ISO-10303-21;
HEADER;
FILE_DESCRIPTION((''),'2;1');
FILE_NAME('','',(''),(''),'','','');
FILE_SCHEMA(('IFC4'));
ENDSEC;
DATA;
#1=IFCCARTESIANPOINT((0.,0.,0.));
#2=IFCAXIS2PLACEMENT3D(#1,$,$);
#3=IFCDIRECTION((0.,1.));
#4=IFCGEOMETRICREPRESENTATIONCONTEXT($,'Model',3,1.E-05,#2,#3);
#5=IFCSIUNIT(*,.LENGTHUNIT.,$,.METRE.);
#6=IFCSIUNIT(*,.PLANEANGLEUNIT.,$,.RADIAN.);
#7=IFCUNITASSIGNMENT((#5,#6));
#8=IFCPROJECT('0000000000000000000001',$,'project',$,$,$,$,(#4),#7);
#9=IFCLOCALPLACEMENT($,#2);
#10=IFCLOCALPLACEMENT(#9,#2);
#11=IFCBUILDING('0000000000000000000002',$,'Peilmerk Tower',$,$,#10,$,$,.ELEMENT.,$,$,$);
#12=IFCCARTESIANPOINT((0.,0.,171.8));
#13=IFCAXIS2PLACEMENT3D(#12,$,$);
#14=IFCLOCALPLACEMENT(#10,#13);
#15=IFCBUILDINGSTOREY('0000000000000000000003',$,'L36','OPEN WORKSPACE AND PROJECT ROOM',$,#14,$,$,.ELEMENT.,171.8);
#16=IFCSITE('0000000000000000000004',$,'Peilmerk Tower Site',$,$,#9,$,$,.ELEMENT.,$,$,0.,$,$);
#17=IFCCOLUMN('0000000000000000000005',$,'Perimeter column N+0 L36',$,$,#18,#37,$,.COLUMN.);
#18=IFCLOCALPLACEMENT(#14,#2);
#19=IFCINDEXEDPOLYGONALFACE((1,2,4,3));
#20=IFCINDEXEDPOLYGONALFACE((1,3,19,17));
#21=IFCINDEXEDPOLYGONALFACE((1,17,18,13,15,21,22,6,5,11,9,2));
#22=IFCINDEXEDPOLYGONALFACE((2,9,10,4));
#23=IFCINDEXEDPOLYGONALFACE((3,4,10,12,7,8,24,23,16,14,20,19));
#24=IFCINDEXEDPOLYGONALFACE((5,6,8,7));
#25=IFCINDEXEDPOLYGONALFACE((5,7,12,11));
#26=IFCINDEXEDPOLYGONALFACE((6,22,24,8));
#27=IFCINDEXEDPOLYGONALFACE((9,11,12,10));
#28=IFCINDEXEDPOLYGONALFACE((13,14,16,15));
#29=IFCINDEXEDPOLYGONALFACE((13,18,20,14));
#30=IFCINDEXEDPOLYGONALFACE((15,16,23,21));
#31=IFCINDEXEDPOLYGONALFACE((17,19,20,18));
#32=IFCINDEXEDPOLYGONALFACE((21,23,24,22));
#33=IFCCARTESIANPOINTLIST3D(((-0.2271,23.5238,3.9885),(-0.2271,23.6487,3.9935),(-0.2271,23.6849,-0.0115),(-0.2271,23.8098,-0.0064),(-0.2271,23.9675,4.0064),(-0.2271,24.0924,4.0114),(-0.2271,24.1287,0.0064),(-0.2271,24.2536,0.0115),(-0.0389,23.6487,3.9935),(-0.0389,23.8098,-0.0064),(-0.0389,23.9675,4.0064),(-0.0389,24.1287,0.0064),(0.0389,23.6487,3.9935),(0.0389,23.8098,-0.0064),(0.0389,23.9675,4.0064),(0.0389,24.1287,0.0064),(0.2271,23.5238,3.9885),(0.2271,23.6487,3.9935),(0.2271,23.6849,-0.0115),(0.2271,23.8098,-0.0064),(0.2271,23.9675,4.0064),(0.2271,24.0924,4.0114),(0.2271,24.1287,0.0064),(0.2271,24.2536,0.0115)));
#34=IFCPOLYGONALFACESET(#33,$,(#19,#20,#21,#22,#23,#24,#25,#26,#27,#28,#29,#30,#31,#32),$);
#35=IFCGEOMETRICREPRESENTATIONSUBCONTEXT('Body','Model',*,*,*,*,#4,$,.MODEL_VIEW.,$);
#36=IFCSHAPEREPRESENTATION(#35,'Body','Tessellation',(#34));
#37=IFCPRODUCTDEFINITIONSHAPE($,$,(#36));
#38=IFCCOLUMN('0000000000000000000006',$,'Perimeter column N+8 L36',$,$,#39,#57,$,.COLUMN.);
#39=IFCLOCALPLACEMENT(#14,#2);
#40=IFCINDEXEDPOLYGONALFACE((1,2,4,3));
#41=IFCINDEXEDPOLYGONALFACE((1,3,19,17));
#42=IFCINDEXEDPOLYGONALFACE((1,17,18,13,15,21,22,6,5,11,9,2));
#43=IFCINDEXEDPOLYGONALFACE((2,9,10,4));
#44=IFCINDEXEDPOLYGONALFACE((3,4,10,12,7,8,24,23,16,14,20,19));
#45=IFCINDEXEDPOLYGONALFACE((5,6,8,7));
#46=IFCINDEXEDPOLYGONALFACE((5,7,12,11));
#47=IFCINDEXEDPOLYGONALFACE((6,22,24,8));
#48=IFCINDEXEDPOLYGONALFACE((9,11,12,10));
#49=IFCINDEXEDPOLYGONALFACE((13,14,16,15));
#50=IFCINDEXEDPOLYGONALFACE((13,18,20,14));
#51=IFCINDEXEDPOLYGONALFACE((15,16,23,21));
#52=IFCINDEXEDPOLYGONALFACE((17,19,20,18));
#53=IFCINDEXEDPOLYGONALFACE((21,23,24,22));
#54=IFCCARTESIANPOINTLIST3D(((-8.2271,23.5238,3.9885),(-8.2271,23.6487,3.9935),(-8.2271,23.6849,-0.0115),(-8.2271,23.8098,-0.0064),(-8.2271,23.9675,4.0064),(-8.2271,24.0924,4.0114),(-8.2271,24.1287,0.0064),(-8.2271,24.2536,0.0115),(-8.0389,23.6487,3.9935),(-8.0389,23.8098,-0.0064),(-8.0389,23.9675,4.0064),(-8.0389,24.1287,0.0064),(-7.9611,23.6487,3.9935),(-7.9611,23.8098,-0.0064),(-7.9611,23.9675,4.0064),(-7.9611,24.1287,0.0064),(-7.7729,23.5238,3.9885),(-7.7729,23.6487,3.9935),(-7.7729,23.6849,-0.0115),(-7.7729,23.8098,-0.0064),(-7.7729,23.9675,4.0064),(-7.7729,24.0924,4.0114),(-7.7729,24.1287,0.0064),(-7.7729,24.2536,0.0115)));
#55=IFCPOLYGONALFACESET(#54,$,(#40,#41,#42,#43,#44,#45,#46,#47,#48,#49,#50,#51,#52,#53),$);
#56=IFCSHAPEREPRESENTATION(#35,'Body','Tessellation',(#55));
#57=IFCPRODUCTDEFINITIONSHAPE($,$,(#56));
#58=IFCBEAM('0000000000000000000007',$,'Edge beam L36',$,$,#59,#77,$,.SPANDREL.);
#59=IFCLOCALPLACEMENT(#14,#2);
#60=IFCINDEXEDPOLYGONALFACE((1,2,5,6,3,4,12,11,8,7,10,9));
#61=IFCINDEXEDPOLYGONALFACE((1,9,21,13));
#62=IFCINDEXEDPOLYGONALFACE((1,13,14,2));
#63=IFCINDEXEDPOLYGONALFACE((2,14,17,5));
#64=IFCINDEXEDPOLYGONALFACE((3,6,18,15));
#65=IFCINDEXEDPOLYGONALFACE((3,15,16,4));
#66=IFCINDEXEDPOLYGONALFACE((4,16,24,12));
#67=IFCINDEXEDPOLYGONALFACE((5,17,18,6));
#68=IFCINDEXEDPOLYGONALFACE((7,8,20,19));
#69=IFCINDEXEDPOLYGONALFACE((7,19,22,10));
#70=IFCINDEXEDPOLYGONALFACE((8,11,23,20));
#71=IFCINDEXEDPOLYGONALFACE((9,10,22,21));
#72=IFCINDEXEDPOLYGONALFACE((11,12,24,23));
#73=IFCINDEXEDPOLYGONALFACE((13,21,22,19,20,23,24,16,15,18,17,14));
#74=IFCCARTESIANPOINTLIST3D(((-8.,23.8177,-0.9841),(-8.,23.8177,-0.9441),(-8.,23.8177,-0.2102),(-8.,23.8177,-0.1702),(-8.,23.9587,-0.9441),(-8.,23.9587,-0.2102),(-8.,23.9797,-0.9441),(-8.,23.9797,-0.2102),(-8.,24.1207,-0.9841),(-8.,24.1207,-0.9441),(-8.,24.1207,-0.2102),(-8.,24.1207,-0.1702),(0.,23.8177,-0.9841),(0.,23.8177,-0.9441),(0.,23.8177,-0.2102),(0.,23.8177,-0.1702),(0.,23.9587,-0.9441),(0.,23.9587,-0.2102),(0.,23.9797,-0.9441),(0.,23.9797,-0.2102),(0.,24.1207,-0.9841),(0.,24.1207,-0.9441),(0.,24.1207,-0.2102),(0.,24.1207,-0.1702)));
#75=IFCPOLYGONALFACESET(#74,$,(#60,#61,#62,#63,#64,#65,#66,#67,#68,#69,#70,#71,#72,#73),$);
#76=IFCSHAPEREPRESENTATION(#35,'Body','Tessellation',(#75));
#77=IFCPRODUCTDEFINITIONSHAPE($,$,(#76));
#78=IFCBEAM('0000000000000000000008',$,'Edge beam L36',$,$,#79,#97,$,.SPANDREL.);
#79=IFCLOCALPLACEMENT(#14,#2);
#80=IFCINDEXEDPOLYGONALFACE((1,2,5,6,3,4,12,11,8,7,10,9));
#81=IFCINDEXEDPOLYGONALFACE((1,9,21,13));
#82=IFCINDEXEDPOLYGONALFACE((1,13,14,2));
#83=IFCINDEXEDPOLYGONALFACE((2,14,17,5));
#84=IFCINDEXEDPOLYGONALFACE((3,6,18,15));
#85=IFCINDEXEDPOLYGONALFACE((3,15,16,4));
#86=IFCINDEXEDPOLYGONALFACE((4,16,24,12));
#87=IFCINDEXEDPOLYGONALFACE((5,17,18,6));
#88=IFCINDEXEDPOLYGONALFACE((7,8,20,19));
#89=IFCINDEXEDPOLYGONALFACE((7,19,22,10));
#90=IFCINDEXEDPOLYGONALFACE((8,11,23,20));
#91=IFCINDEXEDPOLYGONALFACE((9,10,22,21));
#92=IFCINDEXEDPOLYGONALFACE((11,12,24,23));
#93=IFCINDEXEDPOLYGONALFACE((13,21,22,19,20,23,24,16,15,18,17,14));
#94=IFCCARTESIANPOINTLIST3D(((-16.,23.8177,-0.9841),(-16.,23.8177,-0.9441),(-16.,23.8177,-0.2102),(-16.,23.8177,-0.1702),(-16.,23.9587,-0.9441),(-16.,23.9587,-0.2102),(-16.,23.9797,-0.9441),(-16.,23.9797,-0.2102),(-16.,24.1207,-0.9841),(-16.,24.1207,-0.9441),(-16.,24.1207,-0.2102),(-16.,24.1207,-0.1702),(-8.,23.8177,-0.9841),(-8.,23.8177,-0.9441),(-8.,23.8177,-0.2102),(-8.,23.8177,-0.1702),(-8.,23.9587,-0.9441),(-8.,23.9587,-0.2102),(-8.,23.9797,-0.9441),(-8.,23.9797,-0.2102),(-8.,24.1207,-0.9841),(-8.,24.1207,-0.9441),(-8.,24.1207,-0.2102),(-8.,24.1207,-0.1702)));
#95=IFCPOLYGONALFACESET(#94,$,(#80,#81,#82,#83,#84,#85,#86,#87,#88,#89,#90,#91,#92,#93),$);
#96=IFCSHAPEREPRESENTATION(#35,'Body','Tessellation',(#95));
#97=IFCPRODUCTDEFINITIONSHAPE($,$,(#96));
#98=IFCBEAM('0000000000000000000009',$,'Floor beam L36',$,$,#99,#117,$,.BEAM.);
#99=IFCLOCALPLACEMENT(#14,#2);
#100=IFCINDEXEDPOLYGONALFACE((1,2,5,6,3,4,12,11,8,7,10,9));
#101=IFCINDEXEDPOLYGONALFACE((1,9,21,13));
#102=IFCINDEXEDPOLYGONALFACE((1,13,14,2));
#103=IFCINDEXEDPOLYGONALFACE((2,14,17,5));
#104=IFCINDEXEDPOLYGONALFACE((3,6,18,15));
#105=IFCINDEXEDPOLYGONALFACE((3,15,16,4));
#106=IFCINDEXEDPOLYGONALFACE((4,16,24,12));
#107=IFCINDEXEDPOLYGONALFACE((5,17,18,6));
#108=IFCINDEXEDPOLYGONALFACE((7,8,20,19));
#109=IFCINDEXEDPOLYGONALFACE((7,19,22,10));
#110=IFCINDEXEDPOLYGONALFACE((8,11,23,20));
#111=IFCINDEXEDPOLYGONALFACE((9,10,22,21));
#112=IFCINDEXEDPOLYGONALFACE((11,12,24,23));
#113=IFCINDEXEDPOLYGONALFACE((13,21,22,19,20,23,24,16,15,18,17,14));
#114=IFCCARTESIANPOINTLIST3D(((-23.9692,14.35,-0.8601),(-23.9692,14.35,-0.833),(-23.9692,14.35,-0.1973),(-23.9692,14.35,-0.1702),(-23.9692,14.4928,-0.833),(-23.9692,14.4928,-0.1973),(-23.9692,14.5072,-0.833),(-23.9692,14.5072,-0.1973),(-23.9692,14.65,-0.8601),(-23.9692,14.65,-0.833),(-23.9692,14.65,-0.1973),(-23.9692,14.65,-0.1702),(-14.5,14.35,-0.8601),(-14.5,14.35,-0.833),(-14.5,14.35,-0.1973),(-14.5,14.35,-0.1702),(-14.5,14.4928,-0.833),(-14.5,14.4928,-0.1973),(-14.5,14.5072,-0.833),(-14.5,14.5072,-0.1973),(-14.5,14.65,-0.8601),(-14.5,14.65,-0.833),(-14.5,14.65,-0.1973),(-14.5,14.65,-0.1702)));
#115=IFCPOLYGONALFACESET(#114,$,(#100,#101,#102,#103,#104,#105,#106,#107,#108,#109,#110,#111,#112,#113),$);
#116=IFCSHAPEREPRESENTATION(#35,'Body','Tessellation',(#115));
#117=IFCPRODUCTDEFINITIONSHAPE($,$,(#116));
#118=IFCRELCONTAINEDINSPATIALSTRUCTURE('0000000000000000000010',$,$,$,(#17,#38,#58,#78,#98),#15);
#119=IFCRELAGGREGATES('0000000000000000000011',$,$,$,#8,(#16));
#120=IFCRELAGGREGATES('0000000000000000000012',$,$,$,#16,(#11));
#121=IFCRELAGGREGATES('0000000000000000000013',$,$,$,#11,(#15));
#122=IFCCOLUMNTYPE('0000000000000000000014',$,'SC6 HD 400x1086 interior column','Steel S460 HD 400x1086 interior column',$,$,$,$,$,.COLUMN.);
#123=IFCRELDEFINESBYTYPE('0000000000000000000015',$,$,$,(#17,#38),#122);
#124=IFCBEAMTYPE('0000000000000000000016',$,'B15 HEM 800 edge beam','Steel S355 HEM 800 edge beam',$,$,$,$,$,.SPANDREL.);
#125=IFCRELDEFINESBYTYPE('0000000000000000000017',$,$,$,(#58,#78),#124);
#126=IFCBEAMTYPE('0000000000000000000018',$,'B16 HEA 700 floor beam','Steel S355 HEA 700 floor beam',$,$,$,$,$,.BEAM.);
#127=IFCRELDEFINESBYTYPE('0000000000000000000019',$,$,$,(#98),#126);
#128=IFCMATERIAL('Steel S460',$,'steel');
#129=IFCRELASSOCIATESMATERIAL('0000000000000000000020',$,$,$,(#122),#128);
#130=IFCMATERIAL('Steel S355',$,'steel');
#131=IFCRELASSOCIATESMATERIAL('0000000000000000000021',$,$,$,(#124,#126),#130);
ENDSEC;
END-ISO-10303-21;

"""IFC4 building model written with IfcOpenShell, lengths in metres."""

from ifc_helpers import new_model, si_unit, direction, frame, origin, origin_2d, place, context, subcontext, project, spatial, i_section, extrude, material, material_profile, profile_set, type_object, element, save


model = new_model("IFC4")

# Units and contexts
model_context = context("Model", 3, precision=1e-05, world=origin(), true_north=direction((0.0, 1.0)))
body_context = subcontext(model_context, "Body", "Model", "MODEL_VIEW")
ifc_project = project(units=[si_unit("LENGTHUNIT", "METRE"), si_unit("PLANEANGLEUNIT", "RADIAN")], contexts=[model_context])

# Site, building, storey
site_placement = place(None, origin())
site = spatial("IfcSite", under=ifc_project, at=site_placement, Name="Peilmerk Tower Site", CompositionType="ELEMENT", RefElevation=0.0)
building_placement = place(site_placement, origin())
building = spatial("IfcBuilding", under=site, at=building_placement, Name="Peilmerk Tower", CompositionType="ELEMENT")
storey_placement = place(building_placement, frame((0.0, 0.0, 171.8)))
storey = spatial("IfcBuildingStorey", under=building, at=storey_placement, Name="L36", Description="OPEN WORKSPACE AND PROJECT ROOM", CompositionType="ELEMENT", Elevation=171.8)

# Columns
ifc_material_1 = material(Name="Steel S460", Category="steel")
ifc_material_profile_1 = material_profile(ifc_material_1, i_section(OverallWidth=0.4541, OverallDepth=0.5691, WebThickness=0.0779, FlangeThickness=0.125, at=origin_2d()), Name="HD 400x1086")
ifc_profile_set_1 = profile_set([ifc_material_profile_1], Name="Steel S460")
column_type = type_object("IfcColumnType", Name="SC6 HD 400x1086 interior column", Description="Steel S460 HD 400x1086 interior column", PredefinedType="COLUMN", material=ifc_profile_set_1)
for number, where, z_axis, x_axis, name in (
    (1, (0.0, 23.9692, 0.0), (0.0, -0.040251, 0.99919), (1.0, 0.0, 0.0), "Perimeter column N+0 L36"),
    (2, (-8.0, 23.9692, 0.0), (0.0, -0.040251, 0.99919), (1.0, 0.0, 0.0), "Perimeter column N+8 L36"),
):
    element("IfcColumn", number, at=place(storey_placement, frame(where, z_axis=z_axis, x_axis=x_axis)), inside=storey, type_object=column_type, Name=name, PredefinedType="COLUMN", context=body_context, shape_type="SweptSolid", body=[
        extrude(i_section(OverallWidth=0.4541, OverallDepth=0.5691, WebThickness=0.0779, FlangeThickness=0.125, at=origin_2d()), origin(), (0.0, 0.0, 1.0), 4.0032),
    ])

# Beams
ifc_material_2 = material(Name="Steel S355", Category="steel")
ifc_material_profile_2 = material_profile(ifc_material_2, i_section(OverallWidth=0.303, OverallDepth=0.814, WebThickness=0.021, FlangeThickness=0.04, at=origin_2d()), Name="HEM 800")
ifc_profile_set_2 = profile_set([ifc_material_profile_2], Name="Steel S355")
beam_type_1 = type_object("IfcBeamType", Name="B15 HEM 800 edge beam", Description="Steel S355 HEM 800 edge beam", PredefinedType="SPANDREL", material=ifc_profile_set_2)
for number, where, z_axis, x_axis, name in (
    (3, (0.0, 23.9692, -0.5771), (-1.0, 0.0, 0.0), (0.0, -1.0, 0.0), "Edge beam L36"),
    (4, (-8.0, 23.9692, -0.5771), (-1.0, 0.0, 0.0), (0.0, -1.0, 0.0), "Edge beam L36"),
):
    element("IfcBeam", number, at=place(storey_placement, frame(where, z_axis=z_axis, x_axis=x_axis)), inside=storey, type_object=beam_type_1, Name=name, PredefinedType="SPANDREL", context=body_context, shape_type="SweptSolid", body=[
        extrude(i_section(OverallWidth=0.303, OverallDepth=0.814, WebThickness=0.021, FlangeThickness=0.04, at=origin_2d()), origin(), (0.0, 0.0, 1.0), 8.0),
    ])
ifc_material_profile_3 = material_profile(ifc_material_2, i_section(OverallWidth=0.3, OverallDepth=0.6899, WebThickness=0.0144, FlangeThickness=0.0271, at=origin_2d()), Name="HEA 700")
ifc_profile_set_3 = profile_set([ifc_material_profile_3], Name="Steel S355")
beam_type_2 = type_object("IfcBeamType", Name="B16 HEA 700 floor beam", Description="Steel S355 HEA 700 floor beam", PredefinedType="BEAM", material=ifc_profile_set_3)
beam_placement = place(storey_placement, frame((-14.5, 14.5, -0.5151), z_axis=(-1.0, 0.0, 0.0), x_axis=(0.0, -1.0, 0.0)))
element("IfcBeam", 5, at=beam_placement, inside=storey, type_object=beam_type_2, Name="Floor beam L36", PredefinedType="BEAM", context=body_context, shape_type="SweptSolid", body=[
    extrude(i_section(OverallWidth=0.3, OverallDepth=0.6899, WebThickness=0.0144, FlangeThickness=0.0271, at=origin_2d()), origin(), (0.0, 0.0, 1.0), 9.4692),
])

save(model, "model.ifc")
